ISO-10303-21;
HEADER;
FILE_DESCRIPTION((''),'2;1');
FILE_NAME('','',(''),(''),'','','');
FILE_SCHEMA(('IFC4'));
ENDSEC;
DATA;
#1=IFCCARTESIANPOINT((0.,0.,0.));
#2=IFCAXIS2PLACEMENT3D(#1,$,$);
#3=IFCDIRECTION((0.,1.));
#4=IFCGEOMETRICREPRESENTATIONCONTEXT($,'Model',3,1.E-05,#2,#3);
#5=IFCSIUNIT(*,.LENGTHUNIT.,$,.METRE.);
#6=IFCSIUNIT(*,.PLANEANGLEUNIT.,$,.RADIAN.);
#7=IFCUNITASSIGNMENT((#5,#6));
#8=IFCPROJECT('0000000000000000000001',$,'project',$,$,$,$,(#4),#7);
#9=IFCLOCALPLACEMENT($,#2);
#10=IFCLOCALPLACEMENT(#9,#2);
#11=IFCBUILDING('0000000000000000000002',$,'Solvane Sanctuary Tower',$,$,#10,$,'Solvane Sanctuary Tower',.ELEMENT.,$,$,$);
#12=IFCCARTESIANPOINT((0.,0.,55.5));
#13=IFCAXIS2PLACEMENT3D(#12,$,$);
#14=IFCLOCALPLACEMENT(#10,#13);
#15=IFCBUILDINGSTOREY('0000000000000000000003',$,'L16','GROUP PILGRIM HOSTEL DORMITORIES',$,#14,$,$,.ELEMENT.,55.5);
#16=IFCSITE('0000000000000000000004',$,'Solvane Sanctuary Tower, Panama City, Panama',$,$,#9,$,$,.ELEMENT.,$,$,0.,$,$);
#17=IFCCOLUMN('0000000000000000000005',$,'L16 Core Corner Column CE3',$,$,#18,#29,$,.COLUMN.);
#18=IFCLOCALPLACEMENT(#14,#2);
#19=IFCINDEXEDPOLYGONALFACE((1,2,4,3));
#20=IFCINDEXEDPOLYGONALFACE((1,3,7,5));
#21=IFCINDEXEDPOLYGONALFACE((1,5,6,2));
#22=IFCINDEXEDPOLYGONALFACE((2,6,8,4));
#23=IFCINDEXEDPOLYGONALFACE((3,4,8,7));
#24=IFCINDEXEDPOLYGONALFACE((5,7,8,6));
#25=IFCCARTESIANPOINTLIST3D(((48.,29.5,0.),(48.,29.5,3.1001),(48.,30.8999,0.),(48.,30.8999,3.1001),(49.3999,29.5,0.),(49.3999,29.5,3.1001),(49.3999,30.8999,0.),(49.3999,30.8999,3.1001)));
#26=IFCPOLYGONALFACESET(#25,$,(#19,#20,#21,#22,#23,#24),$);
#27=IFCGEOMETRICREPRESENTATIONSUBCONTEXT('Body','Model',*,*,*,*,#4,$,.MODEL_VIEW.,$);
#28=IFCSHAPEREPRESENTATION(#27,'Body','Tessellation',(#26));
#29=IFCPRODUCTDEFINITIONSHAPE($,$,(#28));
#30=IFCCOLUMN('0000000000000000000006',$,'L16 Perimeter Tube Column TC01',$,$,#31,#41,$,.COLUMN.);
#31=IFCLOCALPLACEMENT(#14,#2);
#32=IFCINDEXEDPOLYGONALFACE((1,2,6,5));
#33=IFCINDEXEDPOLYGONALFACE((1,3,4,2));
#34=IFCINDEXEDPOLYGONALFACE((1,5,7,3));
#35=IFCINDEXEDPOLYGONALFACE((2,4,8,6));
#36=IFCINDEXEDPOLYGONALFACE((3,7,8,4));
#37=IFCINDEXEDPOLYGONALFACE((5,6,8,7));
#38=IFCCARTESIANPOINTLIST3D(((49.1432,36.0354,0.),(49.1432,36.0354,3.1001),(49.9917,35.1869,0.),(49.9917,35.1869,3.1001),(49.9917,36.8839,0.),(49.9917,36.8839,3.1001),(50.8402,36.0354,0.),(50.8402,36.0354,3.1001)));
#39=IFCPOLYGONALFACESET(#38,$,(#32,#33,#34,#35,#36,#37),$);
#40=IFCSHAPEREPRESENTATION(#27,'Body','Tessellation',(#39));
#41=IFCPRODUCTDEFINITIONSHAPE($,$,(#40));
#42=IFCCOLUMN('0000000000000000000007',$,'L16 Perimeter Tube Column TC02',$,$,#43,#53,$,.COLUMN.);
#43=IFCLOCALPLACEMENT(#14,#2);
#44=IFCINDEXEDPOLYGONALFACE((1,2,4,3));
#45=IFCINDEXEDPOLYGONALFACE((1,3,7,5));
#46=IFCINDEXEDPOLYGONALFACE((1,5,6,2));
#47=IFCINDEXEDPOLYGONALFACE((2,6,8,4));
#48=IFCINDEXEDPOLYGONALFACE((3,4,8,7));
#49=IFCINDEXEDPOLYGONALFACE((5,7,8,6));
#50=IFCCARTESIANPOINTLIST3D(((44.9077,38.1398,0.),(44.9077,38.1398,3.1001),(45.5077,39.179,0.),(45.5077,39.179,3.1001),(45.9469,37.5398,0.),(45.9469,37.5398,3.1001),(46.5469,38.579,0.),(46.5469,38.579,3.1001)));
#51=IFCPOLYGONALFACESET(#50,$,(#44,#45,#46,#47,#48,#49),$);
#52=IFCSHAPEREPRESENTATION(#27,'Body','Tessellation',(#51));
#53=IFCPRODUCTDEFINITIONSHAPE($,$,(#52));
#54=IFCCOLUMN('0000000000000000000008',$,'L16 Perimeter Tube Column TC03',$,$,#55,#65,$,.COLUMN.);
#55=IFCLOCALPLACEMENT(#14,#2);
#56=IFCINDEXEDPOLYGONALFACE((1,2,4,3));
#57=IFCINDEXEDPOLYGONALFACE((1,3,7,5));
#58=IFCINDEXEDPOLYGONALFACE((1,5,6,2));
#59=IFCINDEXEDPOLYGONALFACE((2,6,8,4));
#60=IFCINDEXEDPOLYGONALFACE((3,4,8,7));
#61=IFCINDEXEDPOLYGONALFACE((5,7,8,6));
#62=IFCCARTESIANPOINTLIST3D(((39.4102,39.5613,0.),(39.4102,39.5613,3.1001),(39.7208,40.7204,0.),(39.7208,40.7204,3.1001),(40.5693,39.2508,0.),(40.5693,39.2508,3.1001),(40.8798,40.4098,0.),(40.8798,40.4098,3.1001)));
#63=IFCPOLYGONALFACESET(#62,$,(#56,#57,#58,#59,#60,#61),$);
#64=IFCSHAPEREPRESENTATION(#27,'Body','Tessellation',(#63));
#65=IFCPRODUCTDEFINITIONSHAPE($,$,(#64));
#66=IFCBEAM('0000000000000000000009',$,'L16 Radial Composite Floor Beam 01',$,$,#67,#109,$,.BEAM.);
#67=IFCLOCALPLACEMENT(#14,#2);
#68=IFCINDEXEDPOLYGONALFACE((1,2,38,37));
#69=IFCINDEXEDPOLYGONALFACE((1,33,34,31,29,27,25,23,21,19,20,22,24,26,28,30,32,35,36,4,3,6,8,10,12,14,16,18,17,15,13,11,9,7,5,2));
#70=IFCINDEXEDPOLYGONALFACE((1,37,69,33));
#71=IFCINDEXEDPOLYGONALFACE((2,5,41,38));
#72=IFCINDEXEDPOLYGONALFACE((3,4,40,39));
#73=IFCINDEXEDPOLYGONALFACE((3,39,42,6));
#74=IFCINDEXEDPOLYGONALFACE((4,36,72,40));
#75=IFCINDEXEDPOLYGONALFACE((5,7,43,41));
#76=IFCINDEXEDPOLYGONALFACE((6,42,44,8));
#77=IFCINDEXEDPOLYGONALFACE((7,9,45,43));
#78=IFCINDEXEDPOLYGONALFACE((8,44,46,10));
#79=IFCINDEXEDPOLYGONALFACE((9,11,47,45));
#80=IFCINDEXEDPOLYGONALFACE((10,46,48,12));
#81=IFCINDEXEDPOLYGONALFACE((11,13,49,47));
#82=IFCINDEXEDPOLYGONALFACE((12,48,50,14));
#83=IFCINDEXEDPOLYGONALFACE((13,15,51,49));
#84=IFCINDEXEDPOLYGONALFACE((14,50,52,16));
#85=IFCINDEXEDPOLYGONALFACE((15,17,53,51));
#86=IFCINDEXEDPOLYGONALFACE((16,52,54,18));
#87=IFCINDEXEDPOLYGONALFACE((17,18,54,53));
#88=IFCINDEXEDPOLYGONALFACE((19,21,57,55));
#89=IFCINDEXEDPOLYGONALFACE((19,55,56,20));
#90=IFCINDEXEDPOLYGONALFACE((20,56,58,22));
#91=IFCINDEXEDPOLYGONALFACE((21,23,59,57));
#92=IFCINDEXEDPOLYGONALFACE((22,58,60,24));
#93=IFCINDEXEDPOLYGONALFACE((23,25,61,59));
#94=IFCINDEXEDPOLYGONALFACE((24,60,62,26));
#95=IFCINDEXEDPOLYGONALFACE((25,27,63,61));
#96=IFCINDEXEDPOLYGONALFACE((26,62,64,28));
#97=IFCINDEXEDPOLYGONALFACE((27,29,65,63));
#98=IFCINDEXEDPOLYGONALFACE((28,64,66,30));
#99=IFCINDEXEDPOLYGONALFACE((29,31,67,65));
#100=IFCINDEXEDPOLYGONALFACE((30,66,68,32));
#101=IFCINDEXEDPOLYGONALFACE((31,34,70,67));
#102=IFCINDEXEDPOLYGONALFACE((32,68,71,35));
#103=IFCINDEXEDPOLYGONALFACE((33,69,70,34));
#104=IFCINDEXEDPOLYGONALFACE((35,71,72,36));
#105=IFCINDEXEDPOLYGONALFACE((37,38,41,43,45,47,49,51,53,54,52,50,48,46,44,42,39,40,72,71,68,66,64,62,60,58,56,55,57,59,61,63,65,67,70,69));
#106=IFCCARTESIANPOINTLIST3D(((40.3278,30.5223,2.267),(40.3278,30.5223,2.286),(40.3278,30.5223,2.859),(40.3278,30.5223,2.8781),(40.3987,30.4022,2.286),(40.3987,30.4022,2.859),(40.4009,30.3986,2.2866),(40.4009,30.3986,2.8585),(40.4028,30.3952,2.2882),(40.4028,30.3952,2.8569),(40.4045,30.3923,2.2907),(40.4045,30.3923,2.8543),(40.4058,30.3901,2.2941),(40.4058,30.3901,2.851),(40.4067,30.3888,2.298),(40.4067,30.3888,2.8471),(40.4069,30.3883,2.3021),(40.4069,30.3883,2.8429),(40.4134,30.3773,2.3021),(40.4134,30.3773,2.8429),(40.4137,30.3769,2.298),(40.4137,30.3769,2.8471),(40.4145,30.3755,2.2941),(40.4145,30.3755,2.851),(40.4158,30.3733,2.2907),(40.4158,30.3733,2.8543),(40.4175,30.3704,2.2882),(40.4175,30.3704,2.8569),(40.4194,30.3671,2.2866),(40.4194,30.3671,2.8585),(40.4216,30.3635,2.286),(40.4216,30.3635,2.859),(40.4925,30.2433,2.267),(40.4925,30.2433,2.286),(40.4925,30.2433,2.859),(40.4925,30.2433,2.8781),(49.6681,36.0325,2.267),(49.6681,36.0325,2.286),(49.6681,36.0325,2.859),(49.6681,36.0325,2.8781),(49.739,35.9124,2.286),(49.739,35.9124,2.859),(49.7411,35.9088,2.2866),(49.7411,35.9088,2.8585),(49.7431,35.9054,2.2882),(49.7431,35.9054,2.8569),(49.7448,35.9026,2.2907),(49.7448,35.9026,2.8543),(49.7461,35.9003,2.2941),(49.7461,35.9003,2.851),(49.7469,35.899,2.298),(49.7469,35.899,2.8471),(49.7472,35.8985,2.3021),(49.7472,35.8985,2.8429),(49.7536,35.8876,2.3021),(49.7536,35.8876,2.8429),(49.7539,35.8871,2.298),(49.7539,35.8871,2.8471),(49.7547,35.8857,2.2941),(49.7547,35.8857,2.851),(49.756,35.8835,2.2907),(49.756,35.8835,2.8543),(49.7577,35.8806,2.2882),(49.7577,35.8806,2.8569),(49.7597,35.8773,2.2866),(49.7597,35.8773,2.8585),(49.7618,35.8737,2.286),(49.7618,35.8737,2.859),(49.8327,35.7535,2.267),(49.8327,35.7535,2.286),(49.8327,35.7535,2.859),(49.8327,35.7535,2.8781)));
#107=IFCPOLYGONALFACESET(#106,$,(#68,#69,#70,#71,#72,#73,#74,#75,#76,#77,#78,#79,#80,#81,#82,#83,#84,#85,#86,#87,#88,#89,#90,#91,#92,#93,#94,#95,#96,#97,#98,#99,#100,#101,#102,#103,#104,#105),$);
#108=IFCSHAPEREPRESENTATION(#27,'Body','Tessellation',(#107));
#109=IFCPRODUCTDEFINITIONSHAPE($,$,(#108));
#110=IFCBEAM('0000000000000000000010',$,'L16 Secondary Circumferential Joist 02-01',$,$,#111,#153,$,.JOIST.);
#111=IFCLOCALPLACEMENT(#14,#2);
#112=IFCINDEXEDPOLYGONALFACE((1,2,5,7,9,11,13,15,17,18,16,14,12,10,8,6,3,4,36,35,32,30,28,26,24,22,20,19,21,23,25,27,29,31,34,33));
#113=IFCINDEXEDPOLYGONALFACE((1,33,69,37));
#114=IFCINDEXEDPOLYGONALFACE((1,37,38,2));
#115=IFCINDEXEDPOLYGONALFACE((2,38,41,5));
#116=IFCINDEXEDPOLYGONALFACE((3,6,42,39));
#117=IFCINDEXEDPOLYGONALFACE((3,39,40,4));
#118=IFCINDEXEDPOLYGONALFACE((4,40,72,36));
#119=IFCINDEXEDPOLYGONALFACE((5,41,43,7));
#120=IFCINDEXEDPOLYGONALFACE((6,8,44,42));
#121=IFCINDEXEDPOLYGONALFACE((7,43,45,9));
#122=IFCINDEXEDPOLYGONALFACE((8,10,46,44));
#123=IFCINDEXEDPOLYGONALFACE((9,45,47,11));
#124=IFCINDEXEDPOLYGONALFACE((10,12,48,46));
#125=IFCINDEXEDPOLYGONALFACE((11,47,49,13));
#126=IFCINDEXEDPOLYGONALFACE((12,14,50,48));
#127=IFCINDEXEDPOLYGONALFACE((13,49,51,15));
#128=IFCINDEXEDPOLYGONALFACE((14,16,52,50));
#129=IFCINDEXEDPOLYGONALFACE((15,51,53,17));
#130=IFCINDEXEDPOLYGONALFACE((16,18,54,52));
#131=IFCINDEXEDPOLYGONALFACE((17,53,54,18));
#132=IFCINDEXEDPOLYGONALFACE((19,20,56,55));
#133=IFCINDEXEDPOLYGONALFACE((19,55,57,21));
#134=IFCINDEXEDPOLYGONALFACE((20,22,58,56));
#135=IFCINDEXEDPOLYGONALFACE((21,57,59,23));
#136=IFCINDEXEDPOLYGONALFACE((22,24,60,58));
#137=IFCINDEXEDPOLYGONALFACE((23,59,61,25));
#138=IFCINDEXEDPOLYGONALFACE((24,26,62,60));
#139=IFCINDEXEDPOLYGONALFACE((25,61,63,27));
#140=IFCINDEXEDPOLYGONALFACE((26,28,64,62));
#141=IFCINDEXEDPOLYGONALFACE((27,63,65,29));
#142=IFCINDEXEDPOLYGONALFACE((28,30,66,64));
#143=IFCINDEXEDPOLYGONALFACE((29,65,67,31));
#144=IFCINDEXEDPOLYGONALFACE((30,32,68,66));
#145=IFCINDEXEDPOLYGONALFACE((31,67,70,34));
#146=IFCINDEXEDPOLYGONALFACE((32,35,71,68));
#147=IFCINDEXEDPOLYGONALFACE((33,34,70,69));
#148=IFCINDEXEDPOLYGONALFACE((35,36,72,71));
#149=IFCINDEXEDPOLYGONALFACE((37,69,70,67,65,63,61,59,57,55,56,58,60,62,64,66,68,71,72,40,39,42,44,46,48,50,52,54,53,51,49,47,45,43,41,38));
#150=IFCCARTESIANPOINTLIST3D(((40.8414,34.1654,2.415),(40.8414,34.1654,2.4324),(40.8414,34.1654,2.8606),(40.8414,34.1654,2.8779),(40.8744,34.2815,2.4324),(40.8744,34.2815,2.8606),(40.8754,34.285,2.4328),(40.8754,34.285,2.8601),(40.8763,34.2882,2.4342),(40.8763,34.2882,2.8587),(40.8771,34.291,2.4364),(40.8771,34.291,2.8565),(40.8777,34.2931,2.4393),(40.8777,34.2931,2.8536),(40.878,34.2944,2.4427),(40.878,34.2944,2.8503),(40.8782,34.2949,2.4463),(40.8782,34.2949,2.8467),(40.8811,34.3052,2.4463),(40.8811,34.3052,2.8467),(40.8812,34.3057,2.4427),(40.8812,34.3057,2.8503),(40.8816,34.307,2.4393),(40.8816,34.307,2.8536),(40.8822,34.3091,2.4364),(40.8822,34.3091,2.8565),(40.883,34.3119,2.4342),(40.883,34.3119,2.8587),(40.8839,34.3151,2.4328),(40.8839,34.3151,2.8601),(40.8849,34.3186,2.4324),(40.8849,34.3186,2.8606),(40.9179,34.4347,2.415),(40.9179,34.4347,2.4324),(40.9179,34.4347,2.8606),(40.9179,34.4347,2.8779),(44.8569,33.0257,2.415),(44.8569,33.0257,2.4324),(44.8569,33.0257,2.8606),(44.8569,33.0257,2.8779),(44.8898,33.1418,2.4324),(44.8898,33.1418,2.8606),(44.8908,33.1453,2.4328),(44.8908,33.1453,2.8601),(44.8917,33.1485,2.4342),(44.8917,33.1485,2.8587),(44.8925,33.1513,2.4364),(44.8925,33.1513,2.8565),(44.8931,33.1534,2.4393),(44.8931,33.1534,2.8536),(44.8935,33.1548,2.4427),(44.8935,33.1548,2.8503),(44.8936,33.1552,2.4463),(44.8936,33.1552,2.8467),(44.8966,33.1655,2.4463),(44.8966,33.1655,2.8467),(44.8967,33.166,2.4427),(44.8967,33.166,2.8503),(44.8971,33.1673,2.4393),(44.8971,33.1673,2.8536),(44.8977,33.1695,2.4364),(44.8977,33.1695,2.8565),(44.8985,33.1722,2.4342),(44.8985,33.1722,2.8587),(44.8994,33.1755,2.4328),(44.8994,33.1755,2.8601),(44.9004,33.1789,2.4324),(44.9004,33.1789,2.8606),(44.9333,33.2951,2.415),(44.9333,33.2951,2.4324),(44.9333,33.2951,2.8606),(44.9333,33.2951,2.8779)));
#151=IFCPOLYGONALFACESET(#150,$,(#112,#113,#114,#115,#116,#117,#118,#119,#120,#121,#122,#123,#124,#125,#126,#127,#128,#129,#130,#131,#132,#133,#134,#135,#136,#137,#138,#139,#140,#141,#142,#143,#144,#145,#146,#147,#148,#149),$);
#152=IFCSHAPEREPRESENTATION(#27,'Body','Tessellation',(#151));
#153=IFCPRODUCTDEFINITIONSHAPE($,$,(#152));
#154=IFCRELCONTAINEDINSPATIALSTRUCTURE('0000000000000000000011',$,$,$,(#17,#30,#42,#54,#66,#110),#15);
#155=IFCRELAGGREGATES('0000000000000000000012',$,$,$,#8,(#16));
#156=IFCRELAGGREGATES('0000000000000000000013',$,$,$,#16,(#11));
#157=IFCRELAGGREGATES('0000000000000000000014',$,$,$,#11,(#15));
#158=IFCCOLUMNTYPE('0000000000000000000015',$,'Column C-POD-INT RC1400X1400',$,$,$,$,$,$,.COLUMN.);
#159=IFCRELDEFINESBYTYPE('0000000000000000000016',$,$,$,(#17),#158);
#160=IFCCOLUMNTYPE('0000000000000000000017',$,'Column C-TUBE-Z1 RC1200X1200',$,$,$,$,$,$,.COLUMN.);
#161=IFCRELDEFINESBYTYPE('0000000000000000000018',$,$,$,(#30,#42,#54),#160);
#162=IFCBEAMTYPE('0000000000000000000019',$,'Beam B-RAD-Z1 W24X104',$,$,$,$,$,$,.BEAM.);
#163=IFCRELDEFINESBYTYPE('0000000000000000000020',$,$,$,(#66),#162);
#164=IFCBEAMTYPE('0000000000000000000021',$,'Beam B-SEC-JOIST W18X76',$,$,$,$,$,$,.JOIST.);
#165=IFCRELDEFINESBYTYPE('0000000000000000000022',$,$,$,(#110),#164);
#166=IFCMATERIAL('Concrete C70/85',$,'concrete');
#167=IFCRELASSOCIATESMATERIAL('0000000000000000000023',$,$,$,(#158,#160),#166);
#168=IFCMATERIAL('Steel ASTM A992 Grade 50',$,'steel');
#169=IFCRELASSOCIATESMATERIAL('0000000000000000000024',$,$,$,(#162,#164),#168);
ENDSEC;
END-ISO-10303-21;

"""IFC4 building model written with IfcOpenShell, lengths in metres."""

from ifc_helpers import new_model, si_unit, direction, frame, origin, origin_2d, place, context, subcontext, project, spatial, rectangle, i_section, extrude, material, material_profile, profile_set, type_object, element, save


model = new_model("IFC4")

# Units and contexts
model_context = context("Model", 3, precision=1e-05, world=origin(), true_north=direction((0.0, 1.0)))
body_context = subcontext(model_context, "Body", "Model", "MODEL_VIEW")
ifc_project = project(units=[si_unit("LENGTHUNIT", "METRE"), si_unit("PLANEANGLEUNIT", "RADIAN")], contexts=[model_context])

# Site, building, storey
site_placement = place(None, origin())
site = spatial("IfcSite", under=ifc_project, at=site_placement, Name="Solvane Sanctuary Tower, Panama City, Panama", CompositionType="ELEMENT", RefElevation=0.0)
building_placement = place(site_placement, origin())
building = spatial("IfcBuilding", under=site, at=building_placement, Name="Solvane Sanctuary Tower", LongName="Solvane Sanctuary Tower", CompositionType="ELEMENT")
storey_placement = place(building_placement, frame((0.0, 0.0, 55.5)))
storey = spatial("IfcBuildingStorey", under=building, at=storey_placement, Name="L16", Description="GROUP PILGRIM HOSTEL DORMITORIES", CompositionType="ELEMENT", Elevation=55.5)

# Columns
ifc_material_1 = material(Name="Concrete C70/85", Category="concrete")
ifc_material_profile_1 = material_profile(ifc_material_1, rectangle(XDim=1.3999, YDim=1.3999, at=origin_2d()), Name="RC1400X1400")
ifc_profile_set_1 = profile_set([ifc_material_profile_1], Name="Concrete C70/85")
column_type_1 = type_object("IfcColumnType", Name="Column C-POD-INT RC1400X1400", PredefinedType="COLUMN", material=ifc_profile_set_1)
column_placement = place(storey_placement, frame((48.7, 30.2, 0.0), z_axis=(0.0, 0.0, 1.0), x_axis=(1.0, 0.0, 0.0)))
element("IfcColumn", 1, at=column_placement, inside=storey, type_object=column_type_1, Name="L16 Core Corner Column CE3", PredefinedType="COLUMN", context=body_context, shape_type="SweptSolid", body=[
    extrude(rectangle(XDim=1.3999, YDim=1.3999, at=origin_2d()), origin(), (0.0, 0.0, 1.0), 3.1001),
])
ifc_material_profile_2 = material_profile(ifc_material_1, rectangle(XDim=1.2, YDim=1.2, at=origin_2d()), Name="RC1200X1200")
ifc_profile_set_2 = profile_set([ifc_material_profile_2], Name="Concrete C70/85")
column_type_2 = type_object("IfcColumnType", Name="Column C-TUBE-Z1 RC1200X1200", PredefinedType="COLUMN", material=ifc_profile_set_2)
for number, where, z_axis, x_axis, name in (
    (2, (49.9917, 36.0354, 0.0), (0.0, 0.0, 1.0), (0.707107, 0.707107, 0.0), "L16 Perimeter Tube Column TC01"),
    (3, (45.7273, 38.3594, 0.0), (0.0, 0.0, 1.0), (0.5, 0.866025, 0.0), "L16 Perimeter Tube Column TC02"),
    (4, (40.145, 39.9856, 0.0), (0.0, 0.0, 1.0), (0.258819, 0.965926, 0.0), "L16 Perimeter Tube Column TC03"),
):
    element("IfcColumn", number, at=place(storey_placement, frame(where, z_axis=z_axis, x_axis=x_axis)), inside=storey, type_object=column_type_2, Name=name, PredefinedType="COLUMN", context=body_context, shape_type="SweptSolid", body=[
        extrude(rectangle(XDim=1.2, YDim=1.2, at=origin_2d()), origin(), (0.0, 0.0, 1.0), 3.1001),
    ])

# Beams
ifc_material_2 = material(Name="Steel ASTM A992 Grade 50", Category="steel")
ifc_material_profile_3 = material_profile(ifc_material_2, i_section(OverallWidth=0.324, OverallDepth=0.6111, WebThickness=0.0127, FlangeThickness=0.019, FilletRadius=0.0161, at=origin_2d()), Name="W24X104")
ifc_profile_set_3 = profile_set([ifc_material_profile_3], Name="Steel ASTM A992 Grade 50")
beam_type_1 = type_object("IfcBeamType", Name="Beam B-RAD-Z1 W24X104", PredefinedType="BEAM", material=ifc_profile_set_3)
beam_1_placement = place(storey_placement, frame((40.4102, 30.3828, 2.5725), z_axis=(0.861291, 0.508112, 0.0), x_axis=(-0.508112, 0.861291, 0.0)))
element("IfcBeam", 5, at=beam_1_placement, inside=storey, type_object=beam_type_1, Name="L16 Radial Composite Floor Beam 01", PredefinedType="BEAM", context=body_context, shape_type="SweptSolid", body=[
    extrude(i_section(OverallWidth=0.324, OverallDepth=0.6111, WebThickness=0.0127, FlangeThickness=0.019, FilletRadius=0.0161, at=origin_2d()), origin(), (0.0, 0.0, 1.0), 10.8445),
])
ifc_material_profile_4 = material_profile(ifc_material_2, i_section(OverallWidth=0.28, OverallDepth=0.4629, WebThickness=0.0107, FlangeThickness=0.0173, FilletRadius=0.0139, at=origin_2d()), Name="W18X76")
ifc_profile_set_4 = profile_set([ifc_material_profile_4], Name="Steel ASTM A992 Grade 50")
beam_type_2 = type_object("IfcBeamType", Name="Beam B-SEC-JOIST W18X76", PredefinedType="JOIST", material=ifc_profile_set_4)
beam_2_placement = place(storey_placement, frame((40.8796, 34.3, 2.6465), z_axis=(0.962004, -0.273037, 0.0), x_axis=(0.273037, 0.962004, 0.0)))
element("IfcBeam", 6, at=beam_2_placement, inside=storey, type_object=beam_type_2, Name="L16 Secondary Circumferential Joist 02-01", PredefinedType="JOIST", context=body_context, shape_type="SweptSolid", body=[
    extrude(i_section(OverallWidth=0.28, OverallDepth=0.4629, WebThickness=0.0107, FlangeThickness=0.0173, FilletRadius=0.0139, at=origin_2d()), origin(), (0.0, 0.0, 1.0), 4.1741),
])

save(model, "model.ifc")
